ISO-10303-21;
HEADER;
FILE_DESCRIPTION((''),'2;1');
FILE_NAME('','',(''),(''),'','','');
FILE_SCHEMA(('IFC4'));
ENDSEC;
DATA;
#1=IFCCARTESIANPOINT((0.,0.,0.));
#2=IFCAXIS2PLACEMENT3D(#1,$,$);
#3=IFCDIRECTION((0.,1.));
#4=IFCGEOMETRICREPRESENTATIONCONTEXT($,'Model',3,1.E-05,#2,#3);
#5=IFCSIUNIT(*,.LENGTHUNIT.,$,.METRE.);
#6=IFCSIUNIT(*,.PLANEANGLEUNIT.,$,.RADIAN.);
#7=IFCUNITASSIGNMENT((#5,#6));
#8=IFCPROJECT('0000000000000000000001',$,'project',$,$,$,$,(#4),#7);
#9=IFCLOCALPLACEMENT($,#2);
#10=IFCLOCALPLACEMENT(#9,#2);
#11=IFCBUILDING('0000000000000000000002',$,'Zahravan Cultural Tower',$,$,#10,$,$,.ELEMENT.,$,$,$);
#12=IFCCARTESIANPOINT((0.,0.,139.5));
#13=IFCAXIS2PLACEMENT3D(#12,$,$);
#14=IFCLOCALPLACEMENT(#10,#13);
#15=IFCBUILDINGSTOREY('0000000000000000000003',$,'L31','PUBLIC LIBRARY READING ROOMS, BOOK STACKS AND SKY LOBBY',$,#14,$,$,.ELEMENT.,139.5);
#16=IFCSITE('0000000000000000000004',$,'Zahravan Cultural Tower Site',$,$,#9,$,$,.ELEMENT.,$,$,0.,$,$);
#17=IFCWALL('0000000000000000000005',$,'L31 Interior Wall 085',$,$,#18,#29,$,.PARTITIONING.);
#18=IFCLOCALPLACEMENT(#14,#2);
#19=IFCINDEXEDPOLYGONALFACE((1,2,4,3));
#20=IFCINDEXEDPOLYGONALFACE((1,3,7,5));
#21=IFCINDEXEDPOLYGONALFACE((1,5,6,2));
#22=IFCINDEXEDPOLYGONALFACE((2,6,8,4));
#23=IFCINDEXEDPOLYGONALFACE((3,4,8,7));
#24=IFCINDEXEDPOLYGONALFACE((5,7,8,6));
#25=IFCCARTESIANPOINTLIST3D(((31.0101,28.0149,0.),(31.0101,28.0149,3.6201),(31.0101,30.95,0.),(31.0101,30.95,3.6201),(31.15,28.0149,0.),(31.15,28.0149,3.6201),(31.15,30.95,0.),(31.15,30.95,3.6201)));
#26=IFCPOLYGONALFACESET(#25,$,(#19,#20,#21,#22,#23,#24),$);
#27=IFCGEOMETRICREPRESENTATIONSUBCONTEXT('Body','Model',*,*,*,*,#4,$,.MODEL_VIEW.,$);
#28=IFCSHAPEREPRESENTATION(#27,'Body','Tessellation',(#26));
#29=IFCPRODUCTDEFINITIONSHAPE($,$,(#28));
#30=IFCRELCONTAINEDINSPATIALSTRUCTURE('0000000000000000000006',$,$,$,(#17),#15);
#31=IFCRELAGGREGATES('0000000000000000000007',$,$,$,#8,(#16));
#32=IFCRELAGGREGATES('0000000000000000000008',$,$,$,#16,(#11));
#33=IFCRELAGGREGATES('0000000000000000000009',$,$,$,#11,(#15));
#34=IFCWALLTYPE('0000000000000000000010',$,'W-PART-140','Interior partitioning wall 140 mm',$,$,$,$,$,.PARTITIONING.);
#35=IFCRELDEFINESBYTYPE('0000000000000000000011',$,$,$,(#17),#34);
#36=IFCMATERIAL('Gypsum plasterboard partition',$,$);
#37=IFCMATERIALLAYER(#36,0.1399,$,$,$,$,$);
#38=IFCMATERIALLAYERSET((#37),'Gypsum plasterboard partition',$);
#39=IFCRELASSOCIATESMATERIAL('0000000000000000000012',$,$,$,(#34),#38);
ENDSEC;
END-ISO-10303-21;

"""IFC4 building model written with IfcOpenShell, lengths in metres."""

from ifc_helpers import new_model, si_unit, direction, frame, frame_2d, origin, place, context, subcontext, project, spatial, rectangle, extrude, source, transform, mapped, material, layer, layer_set, type_object, element, save


model = new_model("IFC4")

# Units and contexts
model_context = context("Model", 3, precision=1e-05, world=origin(), true_north=direction((0.0, 1.0)))
body_context = subcontext(model_context, "Body", "Model", "MODEL_VIEW")
ifc_project = project(units=[si_unit("LENGTHUNIT", "METRE"), si_unit("PLANEANGLEUNIT", "RADIAN")], contexts=[model_context])

# Site, building, storey
site_placement = place(None, origin())
site = spatial("IfcSite", under=ifc_project, at=site_placement, Name="Zahravan Cultural Tower Site", CompositionType="ELEMENT", RefElevation=0.0)
building_placement = place(site_placement, origin())
building = spatial("IfcBuilding", under=site, at=building_placement, Name="Zahravan Cultural Tower", CompositionType="ELEMENT")
storey_placement = place(building_placement, frame((0.0, 0.0, 139.5)))
storey = spatial("IfcBuildingStorey", under=building, at=storey_placement, Name="L31", Description="PUBLIC LIBRARY READING ROOMS, BOOK STACKS AND SKY LOBBY", CompositionType="ELEMENT", Elevation=139.5)

# Shared definitions
ifc_material_1 = material(Name="Gypsum plasterboard partition")
ifc_layer_1 = layer(ifc_material_1, 0.1399)
ifc_layer_set_1 = layer_set([ifc_layer_1], Name="Gypsum plasterboard partition")
wall_type_1 = type_object("IfcWallType", Name="W-PART-140", Description="Interior partitioning wall 140 mm", PredefinedType="PARTITIONING", material=ifc_layer_set_1)

# Wall
shared_shape_1 = source(origin(), body_context, "Body", "SweptSolid", [
    extrude(rectangle(XDim=2.9351, YDim=0.1399, at=frame_2d((1.4675, 0.0))), origin(), (0.0, 0.0, 1.0), 3.6201),
])
wall_1_placement = place(storey_placement, frame((31.0801, 28.0149, 0.0), z_axis=(0.0, 0.0, 1.0), x_axis=(0.0, 1.0, 0.0)))
element("IfcWall", 1, at=wall_1_placement, inside=storey, type_object=wall_type_1, Name="L31 Interior Wall 085", PredefinedType="PARTITIONING", context=body_context, shape_type="MappedRepresentation", body=[
    mapped(shared_shape_1, transform((0.0, 0.0, 0.0), x_axis=(1.0, 0.0, 0.0), y_axis=(0.0, 1.0, 0.0), z_axis=(0.0, 0.0, 1.0), scale=1.0)),
])

save(model, "model.ifc")
